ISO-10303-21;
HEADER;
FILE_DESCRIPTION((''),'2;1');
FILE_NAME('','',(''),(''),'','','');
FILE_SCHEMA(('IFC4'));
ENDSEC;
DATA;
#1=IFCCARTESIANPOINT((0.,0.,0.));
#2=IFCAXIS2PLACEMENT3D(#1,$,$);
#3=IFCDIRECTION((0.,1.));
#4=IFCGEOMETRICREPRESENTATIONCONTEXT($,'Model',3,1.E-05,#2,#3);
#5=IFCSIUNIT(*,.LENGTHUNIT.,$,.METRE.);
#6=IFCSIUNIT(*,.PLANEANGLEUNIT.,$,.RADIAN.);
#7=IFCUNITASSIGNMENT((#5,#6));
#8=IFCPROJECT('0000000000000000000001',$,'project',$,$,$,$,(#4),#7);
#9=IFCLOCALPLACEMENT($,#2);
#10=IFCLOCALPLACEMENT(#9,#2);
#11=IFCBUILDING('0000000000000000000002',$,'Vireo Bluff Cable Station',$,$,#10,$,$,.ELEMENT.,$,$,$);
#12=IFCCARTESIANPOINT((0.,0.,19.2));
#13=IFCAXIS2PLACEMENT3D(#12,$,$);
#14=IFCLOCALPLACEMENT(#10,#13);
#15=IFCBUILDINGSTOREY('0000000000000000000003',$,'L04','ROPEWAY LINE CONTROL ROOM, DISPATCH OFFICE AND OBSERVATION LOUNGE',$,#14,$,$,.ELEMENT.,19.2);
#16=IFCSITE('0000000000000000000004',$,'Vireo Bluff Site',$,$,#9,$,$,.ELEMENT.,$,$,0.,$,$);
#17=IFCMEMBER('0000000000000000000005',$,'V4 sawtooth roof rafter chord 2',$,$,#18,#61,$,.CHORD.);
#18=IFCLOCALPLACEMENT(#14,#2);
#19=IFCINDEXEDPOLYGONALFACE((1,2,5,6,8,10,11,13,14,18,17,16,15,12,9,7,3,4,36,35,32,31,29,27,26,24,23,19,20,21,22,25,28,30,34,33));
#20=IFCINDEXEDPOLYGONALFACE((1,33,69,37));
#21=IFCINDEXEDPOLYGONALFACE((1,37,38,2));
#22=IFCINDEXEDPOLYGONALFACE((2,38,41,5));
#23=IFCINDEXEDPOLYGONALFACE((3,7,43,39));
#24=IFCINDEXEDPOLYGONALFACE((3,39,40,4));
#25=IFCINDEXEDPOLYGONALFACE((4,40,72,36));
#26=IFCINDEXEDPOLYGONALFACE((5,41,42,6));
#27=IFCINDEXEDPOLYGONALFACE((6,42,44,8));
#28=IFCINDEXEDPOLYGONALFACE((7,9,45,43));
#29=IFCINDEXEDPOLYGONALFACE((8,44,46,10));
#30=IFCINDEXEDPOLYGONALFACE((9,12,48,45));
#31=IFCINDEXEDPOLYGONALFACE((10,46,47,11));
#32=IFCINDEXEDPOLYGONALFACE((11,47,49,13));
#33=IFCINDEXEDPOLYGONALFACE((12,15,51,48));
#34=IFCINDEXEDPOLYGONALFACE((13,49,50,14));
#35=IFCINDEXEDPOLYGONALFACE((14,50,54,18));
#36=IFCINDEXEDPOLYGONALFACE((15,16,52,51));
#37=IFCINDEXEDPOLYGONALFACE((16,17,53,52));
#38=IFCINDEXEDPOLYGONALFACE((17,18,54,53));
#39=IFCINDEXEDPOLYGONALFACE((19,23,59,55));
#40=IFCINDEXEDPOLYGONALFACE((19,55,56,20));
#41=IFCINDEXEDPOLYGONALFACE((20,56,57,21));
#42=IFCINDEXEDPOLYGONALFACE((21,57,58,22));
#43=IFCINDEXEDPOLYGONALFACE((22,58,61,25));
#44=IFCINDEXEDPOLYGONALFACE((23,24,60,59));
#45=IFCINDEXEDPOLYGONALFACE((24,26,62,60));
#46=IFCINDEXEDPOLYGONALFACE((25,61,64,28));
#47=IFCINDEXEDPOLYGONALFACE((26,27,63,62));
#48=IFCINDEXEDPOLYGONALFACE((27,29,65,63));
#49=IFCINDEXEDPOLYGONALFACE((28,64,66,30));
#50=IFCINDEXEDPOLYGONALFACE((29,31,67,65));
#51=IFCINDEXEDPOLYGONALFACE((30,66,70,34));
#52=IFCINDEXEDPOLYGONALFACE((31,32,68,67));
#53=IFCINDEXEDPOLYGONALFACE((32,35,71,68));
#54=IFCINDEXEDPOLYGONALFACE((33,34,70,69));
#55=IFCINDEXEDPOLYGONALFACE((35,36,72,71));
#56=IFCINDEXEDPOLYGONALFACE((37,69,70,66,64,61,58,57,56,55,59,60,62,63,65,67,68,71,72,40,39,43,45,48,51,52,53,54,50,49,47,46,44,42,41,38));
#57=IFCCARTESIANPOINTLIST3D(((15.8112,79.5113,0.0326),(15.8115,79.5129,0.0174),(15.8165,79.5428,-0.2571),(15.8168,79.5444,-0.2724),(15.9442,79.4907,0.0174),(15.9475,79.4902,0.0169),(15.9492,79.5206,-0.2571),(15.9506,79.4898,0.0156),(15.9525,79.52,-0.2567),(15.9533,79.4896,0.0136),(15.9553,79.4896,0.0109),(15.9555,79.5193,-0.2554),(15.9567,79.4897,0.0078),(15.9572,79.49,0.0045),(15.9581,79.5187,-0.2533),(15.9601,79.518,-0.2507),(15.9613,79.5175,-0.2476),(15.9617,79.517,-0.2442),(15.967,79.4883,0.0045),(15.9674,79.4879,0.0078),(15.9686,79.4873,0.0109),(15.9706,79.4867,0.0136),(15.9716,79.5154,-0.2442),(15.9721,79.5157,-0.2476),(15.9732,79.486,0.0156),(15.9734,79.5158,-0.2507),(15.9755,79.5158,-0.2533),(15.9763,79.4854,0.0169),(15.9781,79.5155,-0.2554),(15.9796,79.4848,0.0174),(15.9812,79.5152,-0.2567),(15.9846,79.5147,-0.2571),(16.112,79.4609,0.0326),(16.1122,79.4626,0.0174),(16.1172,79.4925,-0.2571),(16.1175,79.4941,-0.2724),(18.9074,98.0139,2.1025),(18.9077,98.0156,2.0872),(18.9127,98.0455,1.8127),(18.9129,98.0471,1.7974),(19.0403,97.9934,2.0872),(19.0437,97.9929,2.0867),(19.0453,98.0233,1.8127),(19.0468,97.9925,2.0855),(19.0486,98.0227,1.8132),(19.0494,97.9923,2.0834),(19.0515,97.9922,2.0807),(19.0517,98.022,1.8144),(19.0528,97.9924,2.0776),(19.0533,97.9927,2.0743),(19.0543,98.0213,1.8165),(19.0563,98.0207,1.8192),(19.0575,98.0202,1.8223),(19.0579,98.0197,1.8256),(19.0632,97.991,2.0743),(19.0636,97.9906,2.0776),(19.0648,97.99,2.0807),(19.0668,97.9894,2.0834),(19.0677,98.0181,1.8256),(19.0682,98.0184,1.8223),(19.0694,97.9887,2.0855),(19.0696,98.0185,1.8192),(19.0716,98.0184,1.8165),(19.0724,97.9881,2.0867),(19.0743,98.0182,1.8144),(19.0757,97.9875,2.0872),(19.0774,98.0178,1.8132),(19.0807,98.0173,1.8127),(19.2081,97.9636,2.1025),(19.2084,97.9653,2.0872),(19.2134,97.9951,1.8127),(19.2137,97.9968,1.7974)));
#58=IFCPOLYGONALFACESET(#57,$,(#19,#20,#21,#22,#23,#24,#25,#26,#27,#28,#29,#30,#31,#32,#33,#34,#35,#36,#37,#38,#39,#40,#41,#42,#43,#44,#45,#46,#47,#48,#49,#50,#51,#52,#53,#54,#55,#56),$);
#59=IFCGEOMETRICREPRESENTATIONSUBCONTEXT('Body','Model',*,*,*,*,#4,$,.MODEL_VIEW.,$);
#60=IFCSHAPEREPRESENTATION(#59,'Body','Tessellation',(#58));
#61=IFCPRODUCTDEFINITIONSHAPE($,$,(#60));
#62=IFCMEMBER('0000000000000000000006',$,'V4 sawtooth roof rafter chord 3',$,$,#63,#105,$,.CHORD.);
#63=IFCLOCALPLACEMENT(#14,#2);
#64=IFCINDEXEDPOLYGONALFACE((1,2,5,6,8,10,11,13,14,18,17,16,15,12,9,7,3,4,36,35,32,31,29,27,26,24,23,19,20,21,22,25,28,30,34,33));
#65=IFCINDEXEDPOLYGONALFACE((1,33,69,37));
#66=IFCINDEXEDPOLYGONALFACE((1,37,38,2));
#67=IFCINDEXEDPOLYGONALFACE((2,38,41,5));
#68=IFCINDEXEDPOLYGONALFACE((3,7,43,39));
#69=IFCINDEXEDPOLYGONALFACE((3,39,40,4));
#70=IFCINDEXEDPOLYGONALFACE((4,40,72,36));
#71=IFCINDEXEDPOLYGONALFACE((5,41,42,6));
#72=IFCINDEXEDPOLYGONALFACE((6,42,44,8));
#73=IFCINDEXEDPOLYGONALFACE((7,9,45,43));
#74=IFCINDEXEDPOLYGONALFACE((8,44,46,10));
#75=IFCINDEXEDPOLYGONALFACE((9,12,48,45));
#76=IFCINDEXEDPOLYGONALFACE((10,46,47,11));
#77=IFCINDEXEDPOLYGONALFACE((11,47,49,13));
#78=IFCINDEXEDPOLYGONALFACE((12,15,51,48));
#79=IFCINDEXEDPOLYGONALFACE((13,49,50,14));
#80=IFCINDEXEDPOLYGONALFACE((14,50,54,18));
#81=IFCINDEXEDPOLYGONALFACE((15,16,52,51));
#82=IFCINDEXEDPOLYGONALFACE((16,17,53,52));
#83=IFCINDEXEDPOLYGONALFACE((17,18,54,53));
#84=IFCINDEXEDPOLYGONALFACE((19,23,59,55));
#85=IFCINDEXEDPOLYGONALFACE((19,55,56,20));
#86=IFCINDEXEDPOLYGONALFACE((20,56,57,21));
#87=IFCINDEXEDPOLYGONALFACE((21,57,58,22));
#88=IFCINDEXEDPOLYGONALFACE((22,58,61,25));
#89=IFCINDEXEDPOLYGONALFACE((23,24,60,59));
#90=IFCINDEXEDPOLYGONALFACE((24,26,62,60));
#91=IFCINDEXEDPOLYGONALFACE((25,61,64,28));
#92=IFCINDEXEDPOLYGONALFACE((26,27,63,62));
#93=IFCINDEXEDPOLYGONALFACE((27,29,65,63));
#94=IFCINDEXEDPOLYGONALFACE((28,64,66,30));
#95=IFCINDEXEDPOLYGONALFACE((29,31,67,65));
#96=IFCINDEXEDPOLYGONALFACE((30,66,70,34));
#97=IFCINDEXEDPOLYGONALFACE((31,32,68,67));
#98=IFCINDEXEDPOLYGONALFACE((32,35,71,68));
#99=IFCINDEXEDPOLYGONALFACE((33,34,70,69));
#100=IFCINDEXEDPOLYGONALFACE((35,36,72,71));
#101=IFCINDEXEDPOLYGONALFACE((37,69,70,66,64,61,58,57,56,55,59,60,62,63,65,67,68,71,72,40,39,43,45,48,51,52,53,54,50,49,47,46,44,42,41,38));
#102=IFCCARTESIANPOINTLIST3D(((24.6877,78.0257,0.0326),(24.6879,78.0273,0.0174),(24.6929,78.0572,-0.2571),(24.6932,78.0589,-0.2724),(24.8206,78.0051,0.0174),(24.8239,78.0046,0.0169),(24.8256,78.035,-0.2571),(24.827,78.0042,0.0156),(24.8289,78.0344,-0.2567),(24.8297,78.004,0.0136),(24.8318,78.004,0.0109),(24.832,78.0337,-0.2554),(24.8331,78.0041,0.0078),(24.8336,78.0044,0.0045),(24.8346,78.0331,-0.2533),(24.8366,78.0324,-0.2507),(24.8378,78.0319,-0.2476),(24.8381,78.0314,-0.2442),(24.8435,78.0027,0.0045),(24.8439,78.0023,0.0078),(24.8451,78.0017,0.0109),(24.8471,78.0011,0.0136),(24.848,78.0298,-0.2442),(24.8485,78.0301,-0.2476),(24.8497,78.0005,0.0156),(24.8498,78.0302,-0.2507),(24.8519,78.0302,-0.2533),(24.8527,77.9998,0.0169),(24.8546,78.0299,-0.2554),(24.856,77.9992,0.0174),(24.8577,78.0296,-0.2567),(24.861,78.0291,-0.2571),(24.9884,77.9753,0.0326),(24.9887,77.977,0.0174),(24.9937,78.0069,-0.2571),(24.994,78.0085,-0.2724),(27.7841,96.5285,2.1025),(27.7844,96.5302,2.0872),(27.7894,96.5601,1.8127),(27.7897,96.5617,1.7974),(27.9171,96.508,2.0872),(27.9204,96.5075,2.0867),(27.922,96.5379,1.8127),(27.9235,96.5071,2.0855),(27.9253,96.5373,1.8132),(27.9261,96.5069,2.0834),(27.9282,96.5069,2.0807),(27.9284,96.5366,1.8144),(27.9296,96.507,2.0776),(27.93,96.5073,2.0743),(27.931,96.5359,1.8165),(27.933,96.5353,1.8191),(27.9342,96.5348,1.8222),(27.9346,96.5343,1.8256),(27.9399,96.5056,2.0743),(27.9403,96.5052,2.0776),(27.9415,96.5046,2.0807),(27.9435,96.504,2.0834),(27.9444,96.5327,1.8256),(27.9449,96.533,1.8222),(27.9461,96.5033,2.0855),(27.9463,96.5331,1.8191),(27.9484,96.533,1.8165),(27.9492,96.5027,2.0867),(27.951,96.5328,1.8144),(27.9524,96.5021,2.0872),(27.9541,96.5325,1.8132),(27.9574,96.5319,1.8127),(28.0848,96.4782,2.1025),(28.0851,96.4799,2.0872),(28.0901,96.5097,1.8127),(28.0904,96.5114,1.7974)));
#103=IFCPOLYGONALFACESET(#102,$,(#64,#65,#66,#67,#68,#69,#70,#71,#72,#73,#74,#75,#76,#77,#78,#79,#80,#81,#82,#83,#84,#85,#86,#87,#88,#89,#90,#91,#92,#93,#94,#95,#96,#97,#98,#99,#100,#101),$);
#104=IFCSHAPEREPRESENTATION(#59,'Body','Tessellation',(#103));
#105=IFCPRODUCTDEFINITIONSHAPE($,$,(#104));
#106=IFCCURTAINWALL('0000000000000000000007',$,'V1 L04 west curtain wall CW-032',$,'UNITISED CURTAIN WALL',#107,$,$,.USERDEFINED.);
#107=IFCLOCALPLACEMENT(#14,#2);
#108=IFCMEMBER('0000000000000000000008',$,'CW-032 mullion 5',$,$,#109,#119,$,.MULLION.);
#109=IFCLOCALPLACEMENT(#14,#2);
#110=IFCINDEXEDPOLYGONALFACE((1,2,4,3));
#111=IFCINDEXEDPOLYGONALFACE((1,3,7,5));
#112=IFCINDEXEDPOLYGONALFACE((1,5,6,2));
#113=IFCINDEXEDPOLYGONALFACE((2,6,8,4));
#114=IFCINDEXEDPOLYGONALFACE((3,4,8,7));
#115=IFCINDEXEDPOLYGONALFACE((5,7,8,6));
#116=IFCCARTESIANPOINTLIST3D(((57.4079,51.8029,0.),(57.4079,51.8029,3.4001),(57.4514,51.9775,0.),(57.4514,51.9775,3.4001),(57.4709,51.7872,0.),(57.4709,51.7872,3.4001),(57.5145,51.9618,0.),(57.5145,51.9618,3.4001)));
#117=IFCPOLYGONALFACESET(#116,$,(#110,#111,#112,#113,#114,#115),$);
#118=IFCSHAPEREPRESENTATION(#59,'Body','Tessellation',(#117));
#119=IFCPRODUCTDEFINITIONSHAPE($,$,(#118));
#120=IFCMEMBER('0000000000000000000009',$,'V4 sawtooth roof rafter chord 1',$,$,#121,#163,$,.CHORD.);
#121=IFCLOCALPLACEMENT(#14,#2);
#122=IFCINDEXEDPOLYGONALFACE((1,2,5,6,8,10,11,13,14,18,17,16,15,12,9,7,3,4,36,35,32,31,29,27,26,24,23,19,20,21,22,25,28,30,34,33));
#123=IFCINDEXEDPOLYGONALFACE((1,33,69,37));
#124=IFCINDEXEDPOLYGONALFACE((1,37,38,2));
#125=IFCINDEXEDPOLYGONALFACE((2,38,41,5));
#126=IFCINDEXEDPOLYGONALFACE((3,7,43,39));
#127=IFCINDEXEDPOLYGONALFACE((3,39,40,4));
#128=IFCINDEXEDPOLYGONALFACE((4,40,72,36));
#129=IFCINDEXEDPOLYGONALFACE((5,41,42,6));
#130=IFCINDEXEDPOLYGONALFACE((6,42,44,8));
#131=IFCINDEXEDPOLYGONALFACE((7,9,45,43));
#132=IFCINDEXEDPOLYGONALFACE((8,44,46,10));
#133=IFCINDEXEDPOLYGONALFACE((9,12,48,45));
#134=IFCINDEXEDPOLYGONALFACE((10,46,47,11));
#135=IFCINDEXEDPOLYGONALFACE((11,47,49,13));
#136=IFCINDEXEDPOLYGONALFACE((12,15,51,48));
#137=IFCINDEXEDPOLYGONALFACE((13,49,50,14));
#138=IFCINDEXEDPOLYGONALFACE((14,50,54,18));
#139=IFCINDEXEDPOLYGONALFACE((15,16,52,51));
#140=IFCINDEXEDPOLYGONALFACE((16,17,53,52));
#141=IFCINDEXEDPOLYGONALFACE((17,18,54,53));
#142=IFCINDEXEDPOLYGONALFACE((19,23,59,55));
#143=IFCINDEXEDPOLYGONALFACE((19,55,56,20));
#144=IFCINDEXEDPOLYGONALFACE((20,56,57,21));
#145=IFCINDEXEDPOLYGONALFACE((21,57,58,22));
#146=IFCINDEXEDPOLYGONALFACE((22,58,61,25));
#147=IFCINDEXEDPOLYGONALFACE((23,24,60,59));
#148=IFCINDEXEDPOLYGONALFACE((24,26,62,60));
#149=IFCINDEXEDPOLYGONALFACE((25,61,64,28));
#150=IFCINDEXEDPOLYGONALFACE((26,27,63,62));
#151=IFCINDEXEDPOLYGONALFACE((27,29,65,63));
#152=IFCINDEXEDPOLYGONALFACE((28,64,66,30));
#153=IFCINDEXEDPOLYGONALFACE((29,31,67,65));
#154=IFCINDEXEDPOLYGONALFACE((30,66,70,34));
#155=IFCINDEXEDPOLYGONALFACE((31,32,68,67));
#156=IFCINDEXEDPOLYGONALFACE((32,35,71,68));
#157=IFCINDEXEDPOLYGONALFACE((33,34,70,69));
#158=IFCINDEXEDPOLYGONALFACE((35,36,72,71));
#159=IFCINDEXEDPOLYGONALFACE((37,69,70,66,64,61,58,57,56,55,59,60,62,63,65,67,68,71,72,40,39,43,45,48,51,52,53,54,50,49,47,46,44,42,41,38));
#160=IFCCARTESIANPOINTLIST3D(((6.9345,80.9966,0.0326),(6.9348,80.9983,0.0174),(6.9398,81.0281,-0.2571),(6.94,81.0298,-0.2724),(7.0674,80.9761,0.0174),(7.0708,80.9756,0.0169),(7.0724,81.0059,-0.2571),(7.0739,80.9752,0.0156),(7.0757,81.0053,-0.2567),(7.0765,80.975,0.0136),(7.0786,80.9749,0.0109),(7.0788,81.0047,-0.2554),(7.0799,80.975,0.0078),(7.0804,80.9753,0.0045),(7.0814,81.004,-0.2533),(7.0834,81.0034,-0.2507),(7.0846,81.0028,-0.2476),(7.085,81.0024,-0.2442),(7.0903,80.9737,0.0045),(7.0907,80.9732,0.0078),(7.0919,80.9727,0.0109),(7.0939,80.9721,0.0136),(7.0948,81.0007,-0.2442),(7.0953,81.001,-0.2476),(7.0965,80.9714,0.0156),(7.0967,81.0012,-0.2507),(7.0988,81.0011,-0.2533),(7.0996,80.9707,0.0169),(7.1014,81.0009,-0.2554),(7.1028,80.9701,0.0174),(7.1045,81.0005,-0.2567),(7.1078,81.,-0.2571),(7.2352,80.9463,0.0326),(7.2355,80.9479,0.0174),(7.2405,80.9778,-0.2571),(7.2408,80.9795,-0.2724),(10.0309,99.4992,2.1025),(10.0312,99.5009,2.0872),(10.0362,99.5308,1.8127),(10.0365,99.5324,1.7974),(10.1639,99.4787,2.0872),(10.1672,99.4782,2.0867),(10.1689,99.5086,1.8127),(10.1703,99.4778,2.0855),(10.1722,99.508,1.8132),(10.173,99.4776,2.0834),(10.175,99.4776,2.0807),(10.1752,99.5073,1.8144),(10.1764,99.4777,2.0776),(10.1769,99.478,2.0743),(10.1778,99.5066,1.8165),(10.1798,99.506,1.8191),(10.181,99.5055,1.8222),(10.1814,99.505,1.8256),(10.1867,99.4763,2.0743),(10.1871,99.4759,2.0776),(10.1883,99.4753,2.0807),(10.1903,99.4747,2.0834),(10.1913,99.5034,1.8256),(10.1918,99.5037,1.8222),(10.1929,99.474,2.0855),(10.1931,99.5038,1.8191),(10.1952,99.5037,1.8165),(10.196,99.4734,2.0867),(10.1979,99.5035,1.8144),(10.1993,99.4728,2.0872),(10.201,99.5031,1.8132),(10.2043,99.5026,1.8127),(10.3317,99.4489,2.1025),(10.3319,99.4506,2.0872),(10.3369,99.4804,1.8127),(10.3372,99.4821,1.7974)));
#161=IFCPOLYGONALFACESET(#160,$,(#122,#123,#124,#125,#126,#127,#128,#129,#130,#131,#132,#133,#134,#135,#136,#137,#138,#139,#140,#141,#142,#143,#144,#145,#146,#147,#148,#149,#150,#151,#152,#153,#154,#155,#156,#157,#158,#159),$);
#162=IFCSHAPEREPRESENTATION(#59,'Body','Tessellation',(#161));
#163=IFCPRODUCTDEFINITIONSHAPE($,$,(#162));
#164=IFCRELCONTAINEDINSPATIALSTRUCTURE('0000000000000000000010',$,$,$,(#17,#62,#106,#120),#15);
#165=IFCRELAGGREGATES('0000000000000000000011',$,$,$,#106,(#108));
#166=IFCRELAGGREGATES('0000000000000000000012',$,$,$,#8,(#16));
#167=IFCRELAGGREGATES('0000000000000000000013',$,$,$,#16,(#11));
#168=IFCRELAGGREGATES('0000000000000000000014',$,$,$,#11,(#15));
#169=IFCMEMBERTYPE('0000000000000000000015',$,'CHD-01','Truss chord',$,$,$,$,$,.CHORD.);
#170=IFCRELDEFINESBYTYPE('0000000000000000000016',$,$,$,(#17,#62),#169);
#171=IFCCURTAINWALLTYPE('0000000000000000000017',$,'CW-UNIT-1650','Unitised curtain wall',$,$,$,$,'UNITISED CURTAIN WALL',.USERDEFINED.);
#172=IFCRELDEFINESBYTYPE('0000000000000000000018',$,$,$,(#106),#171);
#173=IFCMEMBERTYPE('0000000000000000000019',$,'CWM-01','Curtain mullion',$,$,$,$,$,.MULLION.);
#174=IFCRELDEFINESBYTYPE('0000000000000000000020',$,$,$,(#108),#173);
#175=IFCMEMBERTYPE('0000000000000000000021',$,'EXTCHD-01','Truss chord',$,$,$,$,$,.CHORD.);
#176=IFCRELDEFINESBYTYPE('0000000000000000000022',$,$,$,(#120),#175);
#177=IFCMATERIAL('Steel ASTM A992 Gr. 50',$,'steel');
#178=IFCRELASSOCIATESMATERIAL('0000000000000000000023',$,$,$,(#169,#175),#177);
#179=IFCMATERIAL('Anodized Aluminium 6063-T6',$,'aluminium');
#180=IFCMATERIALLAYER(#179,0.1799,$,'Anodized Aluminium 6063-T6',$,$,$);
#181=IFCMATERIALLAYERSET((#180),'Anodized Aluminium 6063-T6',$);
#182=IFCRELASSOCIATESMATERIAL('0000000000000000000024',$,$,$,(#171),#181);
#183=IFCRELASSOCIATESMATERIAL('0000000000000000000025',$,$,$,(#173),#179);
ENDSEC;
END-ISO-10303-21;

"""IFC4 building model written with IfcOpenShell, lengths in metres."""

from ifc_helpers import new_model, si_unit, direction, frame, origin, origin_2d, place, context, subcontext, project, spatial, rectangle, i_section, extrude, material, layer, layer_set, material_profile, profile_set, type_object, element, aggregate, save


model = new_model("IFC4")

# Units and contexts
model_context = context("Model", 3, precision=1e-05, world=origin(), true_north=direction((0.0, 1.0)))
body_context = subcontext(model_context, "Body", "Model", "MODEL_VIEW")
ifc_project = project(units=[si_unit("LENGTHUNIT", "METRE"), si_unit("PLANEANGLEUNIT", "RADIAN")], contexts=[model_context])

# Site, building, storey
site_placement = place(None, origin())
site = spatial("IfcSite", under=ifc_project, at=site_placement, Name="Vireo Bluff Site", CompositionType="ELEMENT", RefElevation=0.0)
building_placement = place(site_placement, origin())
building = spatial("IfcBuilding", under=site, at=building_placement, Name="Vireo Bluff Cable Station", CompositionType="ELEMENT")
storey_placement = place(building_placement, frame((0.0, 0.0, 19.2)))
storey = spatial("IfcBuildingStorey", under=building, at=storey_placement, Name="L04", Description="ROPEWAY LINE CONTROL ROOM, DISPATCH OFFICE AND OBSERVATION LOUNGE", CompositionType="ELEMENT", Elevation=19.2)

# Shared definitions
ifc_material_1 = material(Name="Steel ASTM A992 Gr. 50", Category="steel")

# Members
ifc_material_profile_1 = material_profile(ifc_material_1, i_section(OverallWidth=0.3049, OverallDepth=0.3069, WebThickness=0.01, FlangeThickness=0.0154, FilletRadius=0.0129, at=origin_2d()), Name="W12X65")
ifc_profile_set_1 = profile_set([ifc_material_profile_1], Name="Steel ASTM A992 Gr. 50")
member_type_1 = type_object("IfcMemberType", Name="CHD-01", Description="Truss chord", PredefinedType="CHORD", material=ifc_profile_set_1)
member_1_placement = place(storey_placement, frame((15.9644, 79.5027, -0.1199), z_axis=(0.164047, 0.980338, 0.109667), x_axis=(-0.986286, 0.165043, 0.0)))
element("IfcMember", 1, at=member_1_placement, inside=storey, type_object=member_type_1, Name="V4 sawtooth roof rafter chord 2", PredefinedType="CHORD", context=body_context, shape_type="SweptSolid", body=[
    extrude(i_section(OverallWidth=0.3049, OverallDepth=0.3069, WebThickness=0.01, FlangeThickness=0.0154, FilletRadius=0.0129, at=origin_2d()), origin(), (0.0, 0.0, 1.0), 18.8738),
])
member_2_placement = place(storey_placement, frame((24.8408, 78.0171, -0.1199), z_axis=(0.164058, 0.980336, 0.109665), x_axis=(-0.986285, 0.165053, 0.0)))
element("IfcMember", 2, at=member_2_placement, inside=storey, type_object=member_type_1, Name="V4 sawtooth roof rafter chord 3", PredefinedType="CHORD", context=body_context, shape_type="SweptSolid", body=[
    extrude(i_section(OverallWidth=0.3049, OverallDepth=0.3069, WebThickness=0.01, FlangeThickness=0.0154, FilletRadius=0.0129, at=origin_2d()), origin(), (0.0, 0.0, 1.0), 18.874),
])

# Curtain wall, member
ifc_material_2 = material(Name="Anodized Aluminium 6063-T6", Category="aluminium")
ifc_layer_1 = layer(ifc_material_2, 0.1799, Name="Anodized Aluminium 6063-T6")
ifc_layer_set_1 = layer_set([ifc_layer_1], Name="Anodized Aluminium 6063-T6")
curtain_wall_type = type_object("IfcCurtainWallType", Name="CW-UNIT-1650", Description="Unitised curtain wall", ElementType="UNITISED CURTAIN WALL", PredefinedType="USERDEFINED", material=ifc_layer_set_1)
curtain_wall_placement = place(storey_placement, origin())
curtain_wall = element("IfcCurtainWall", 3, at=curtain_wall_placement, inside=storey, type_object=curtain_wall_type, Name="V1 L04 west curtain wall CW-032", ObjectType="UNITISED CURTAIN WALL", PredefinedType="USERDEFINED")
ifc_material_profile_2 = material_profile(ifc_material_2, rectangle(XDim=0.0649, YDim=0.1799, at=origin_2d()), Name="ALU-M-65X180")
ifc_profile_set_2 = profile_set([ifc_material_profile_2], Name="Anodized Aluminium 6063-T6")
member_type_2 = type_object("IfcMemberType", Name="CWM-01", Description="Curtain mullion", PredefinedType="MULLION", material=ifc_profile_set_2)
member_3_placement = place(storey_placement, frame((57.4612, 51.8823, 0.0), z_axis=(0.0, 0.0, 1.0), x_axis=(-0.970296, 0.241922, 0.0)))
member_3 = element("IfcMember", 4, at=member_3_placement, type_object=member_type_2, Name="CW-032 mullion 5", PredefinedType="MULLION", context=body_context, shape_type="SweptSolid", body=[
    extrude(rectangle(XDim=0.0649, YDim=0.1799, at=origin_2d()), origin(), (0.0, 0.0, 1.0), 3.4001),
])

# Member
ifc_material_profile_3 = material_profile(ifc_material_1, i_section(OverallWidth=0.3049, OverallDepth=0.3069, WebThickness=0.01, FlangeThickness=0.0154, FilletRadius=0.0129, at=origin_2d()), Name="W12X65")
ifc_profile_set_3 = profile_set([ifc_material_profile_3], Name="Steel ASTM A992 Gr. 50")
member_type_3 = type_object("IfcMemberType", Name="EXTCHD-01", Description="Truss chord", PredefinedType="CHORD", material=ifc_profile_set_3)
for number, where, z_axis, x_axis, name in (
    (5, (7.0876, 80.988, -0.1199), (0.16406, 0.980336, 0.109666), (-0.986284, 0.165055, 0.0), "V4 sawtooth roof rafter chord 1"),
):
    element("IfcMember", number, at=place(storey_placement, frame(where, z_axis=z_axis, x_axis=x_axis)), inside=storey, type_object=member_type_3, Name=name, PredefinedType="CHORD", context=body_context, shape_type="SweptSolid", body=[
        extrude(i_section(OverallWidth=0.3049, OverallDepth=0.3069, WebThickness=0.01, FlangeThickness=0.0154, FilletRadius=0.0129, at=origin_2d()), origin(), (0.0, 0.0, 1.0), 18.8738),
    ])

aggregate(curtain_wall, [member_3])

save(model, "model.ifc")
